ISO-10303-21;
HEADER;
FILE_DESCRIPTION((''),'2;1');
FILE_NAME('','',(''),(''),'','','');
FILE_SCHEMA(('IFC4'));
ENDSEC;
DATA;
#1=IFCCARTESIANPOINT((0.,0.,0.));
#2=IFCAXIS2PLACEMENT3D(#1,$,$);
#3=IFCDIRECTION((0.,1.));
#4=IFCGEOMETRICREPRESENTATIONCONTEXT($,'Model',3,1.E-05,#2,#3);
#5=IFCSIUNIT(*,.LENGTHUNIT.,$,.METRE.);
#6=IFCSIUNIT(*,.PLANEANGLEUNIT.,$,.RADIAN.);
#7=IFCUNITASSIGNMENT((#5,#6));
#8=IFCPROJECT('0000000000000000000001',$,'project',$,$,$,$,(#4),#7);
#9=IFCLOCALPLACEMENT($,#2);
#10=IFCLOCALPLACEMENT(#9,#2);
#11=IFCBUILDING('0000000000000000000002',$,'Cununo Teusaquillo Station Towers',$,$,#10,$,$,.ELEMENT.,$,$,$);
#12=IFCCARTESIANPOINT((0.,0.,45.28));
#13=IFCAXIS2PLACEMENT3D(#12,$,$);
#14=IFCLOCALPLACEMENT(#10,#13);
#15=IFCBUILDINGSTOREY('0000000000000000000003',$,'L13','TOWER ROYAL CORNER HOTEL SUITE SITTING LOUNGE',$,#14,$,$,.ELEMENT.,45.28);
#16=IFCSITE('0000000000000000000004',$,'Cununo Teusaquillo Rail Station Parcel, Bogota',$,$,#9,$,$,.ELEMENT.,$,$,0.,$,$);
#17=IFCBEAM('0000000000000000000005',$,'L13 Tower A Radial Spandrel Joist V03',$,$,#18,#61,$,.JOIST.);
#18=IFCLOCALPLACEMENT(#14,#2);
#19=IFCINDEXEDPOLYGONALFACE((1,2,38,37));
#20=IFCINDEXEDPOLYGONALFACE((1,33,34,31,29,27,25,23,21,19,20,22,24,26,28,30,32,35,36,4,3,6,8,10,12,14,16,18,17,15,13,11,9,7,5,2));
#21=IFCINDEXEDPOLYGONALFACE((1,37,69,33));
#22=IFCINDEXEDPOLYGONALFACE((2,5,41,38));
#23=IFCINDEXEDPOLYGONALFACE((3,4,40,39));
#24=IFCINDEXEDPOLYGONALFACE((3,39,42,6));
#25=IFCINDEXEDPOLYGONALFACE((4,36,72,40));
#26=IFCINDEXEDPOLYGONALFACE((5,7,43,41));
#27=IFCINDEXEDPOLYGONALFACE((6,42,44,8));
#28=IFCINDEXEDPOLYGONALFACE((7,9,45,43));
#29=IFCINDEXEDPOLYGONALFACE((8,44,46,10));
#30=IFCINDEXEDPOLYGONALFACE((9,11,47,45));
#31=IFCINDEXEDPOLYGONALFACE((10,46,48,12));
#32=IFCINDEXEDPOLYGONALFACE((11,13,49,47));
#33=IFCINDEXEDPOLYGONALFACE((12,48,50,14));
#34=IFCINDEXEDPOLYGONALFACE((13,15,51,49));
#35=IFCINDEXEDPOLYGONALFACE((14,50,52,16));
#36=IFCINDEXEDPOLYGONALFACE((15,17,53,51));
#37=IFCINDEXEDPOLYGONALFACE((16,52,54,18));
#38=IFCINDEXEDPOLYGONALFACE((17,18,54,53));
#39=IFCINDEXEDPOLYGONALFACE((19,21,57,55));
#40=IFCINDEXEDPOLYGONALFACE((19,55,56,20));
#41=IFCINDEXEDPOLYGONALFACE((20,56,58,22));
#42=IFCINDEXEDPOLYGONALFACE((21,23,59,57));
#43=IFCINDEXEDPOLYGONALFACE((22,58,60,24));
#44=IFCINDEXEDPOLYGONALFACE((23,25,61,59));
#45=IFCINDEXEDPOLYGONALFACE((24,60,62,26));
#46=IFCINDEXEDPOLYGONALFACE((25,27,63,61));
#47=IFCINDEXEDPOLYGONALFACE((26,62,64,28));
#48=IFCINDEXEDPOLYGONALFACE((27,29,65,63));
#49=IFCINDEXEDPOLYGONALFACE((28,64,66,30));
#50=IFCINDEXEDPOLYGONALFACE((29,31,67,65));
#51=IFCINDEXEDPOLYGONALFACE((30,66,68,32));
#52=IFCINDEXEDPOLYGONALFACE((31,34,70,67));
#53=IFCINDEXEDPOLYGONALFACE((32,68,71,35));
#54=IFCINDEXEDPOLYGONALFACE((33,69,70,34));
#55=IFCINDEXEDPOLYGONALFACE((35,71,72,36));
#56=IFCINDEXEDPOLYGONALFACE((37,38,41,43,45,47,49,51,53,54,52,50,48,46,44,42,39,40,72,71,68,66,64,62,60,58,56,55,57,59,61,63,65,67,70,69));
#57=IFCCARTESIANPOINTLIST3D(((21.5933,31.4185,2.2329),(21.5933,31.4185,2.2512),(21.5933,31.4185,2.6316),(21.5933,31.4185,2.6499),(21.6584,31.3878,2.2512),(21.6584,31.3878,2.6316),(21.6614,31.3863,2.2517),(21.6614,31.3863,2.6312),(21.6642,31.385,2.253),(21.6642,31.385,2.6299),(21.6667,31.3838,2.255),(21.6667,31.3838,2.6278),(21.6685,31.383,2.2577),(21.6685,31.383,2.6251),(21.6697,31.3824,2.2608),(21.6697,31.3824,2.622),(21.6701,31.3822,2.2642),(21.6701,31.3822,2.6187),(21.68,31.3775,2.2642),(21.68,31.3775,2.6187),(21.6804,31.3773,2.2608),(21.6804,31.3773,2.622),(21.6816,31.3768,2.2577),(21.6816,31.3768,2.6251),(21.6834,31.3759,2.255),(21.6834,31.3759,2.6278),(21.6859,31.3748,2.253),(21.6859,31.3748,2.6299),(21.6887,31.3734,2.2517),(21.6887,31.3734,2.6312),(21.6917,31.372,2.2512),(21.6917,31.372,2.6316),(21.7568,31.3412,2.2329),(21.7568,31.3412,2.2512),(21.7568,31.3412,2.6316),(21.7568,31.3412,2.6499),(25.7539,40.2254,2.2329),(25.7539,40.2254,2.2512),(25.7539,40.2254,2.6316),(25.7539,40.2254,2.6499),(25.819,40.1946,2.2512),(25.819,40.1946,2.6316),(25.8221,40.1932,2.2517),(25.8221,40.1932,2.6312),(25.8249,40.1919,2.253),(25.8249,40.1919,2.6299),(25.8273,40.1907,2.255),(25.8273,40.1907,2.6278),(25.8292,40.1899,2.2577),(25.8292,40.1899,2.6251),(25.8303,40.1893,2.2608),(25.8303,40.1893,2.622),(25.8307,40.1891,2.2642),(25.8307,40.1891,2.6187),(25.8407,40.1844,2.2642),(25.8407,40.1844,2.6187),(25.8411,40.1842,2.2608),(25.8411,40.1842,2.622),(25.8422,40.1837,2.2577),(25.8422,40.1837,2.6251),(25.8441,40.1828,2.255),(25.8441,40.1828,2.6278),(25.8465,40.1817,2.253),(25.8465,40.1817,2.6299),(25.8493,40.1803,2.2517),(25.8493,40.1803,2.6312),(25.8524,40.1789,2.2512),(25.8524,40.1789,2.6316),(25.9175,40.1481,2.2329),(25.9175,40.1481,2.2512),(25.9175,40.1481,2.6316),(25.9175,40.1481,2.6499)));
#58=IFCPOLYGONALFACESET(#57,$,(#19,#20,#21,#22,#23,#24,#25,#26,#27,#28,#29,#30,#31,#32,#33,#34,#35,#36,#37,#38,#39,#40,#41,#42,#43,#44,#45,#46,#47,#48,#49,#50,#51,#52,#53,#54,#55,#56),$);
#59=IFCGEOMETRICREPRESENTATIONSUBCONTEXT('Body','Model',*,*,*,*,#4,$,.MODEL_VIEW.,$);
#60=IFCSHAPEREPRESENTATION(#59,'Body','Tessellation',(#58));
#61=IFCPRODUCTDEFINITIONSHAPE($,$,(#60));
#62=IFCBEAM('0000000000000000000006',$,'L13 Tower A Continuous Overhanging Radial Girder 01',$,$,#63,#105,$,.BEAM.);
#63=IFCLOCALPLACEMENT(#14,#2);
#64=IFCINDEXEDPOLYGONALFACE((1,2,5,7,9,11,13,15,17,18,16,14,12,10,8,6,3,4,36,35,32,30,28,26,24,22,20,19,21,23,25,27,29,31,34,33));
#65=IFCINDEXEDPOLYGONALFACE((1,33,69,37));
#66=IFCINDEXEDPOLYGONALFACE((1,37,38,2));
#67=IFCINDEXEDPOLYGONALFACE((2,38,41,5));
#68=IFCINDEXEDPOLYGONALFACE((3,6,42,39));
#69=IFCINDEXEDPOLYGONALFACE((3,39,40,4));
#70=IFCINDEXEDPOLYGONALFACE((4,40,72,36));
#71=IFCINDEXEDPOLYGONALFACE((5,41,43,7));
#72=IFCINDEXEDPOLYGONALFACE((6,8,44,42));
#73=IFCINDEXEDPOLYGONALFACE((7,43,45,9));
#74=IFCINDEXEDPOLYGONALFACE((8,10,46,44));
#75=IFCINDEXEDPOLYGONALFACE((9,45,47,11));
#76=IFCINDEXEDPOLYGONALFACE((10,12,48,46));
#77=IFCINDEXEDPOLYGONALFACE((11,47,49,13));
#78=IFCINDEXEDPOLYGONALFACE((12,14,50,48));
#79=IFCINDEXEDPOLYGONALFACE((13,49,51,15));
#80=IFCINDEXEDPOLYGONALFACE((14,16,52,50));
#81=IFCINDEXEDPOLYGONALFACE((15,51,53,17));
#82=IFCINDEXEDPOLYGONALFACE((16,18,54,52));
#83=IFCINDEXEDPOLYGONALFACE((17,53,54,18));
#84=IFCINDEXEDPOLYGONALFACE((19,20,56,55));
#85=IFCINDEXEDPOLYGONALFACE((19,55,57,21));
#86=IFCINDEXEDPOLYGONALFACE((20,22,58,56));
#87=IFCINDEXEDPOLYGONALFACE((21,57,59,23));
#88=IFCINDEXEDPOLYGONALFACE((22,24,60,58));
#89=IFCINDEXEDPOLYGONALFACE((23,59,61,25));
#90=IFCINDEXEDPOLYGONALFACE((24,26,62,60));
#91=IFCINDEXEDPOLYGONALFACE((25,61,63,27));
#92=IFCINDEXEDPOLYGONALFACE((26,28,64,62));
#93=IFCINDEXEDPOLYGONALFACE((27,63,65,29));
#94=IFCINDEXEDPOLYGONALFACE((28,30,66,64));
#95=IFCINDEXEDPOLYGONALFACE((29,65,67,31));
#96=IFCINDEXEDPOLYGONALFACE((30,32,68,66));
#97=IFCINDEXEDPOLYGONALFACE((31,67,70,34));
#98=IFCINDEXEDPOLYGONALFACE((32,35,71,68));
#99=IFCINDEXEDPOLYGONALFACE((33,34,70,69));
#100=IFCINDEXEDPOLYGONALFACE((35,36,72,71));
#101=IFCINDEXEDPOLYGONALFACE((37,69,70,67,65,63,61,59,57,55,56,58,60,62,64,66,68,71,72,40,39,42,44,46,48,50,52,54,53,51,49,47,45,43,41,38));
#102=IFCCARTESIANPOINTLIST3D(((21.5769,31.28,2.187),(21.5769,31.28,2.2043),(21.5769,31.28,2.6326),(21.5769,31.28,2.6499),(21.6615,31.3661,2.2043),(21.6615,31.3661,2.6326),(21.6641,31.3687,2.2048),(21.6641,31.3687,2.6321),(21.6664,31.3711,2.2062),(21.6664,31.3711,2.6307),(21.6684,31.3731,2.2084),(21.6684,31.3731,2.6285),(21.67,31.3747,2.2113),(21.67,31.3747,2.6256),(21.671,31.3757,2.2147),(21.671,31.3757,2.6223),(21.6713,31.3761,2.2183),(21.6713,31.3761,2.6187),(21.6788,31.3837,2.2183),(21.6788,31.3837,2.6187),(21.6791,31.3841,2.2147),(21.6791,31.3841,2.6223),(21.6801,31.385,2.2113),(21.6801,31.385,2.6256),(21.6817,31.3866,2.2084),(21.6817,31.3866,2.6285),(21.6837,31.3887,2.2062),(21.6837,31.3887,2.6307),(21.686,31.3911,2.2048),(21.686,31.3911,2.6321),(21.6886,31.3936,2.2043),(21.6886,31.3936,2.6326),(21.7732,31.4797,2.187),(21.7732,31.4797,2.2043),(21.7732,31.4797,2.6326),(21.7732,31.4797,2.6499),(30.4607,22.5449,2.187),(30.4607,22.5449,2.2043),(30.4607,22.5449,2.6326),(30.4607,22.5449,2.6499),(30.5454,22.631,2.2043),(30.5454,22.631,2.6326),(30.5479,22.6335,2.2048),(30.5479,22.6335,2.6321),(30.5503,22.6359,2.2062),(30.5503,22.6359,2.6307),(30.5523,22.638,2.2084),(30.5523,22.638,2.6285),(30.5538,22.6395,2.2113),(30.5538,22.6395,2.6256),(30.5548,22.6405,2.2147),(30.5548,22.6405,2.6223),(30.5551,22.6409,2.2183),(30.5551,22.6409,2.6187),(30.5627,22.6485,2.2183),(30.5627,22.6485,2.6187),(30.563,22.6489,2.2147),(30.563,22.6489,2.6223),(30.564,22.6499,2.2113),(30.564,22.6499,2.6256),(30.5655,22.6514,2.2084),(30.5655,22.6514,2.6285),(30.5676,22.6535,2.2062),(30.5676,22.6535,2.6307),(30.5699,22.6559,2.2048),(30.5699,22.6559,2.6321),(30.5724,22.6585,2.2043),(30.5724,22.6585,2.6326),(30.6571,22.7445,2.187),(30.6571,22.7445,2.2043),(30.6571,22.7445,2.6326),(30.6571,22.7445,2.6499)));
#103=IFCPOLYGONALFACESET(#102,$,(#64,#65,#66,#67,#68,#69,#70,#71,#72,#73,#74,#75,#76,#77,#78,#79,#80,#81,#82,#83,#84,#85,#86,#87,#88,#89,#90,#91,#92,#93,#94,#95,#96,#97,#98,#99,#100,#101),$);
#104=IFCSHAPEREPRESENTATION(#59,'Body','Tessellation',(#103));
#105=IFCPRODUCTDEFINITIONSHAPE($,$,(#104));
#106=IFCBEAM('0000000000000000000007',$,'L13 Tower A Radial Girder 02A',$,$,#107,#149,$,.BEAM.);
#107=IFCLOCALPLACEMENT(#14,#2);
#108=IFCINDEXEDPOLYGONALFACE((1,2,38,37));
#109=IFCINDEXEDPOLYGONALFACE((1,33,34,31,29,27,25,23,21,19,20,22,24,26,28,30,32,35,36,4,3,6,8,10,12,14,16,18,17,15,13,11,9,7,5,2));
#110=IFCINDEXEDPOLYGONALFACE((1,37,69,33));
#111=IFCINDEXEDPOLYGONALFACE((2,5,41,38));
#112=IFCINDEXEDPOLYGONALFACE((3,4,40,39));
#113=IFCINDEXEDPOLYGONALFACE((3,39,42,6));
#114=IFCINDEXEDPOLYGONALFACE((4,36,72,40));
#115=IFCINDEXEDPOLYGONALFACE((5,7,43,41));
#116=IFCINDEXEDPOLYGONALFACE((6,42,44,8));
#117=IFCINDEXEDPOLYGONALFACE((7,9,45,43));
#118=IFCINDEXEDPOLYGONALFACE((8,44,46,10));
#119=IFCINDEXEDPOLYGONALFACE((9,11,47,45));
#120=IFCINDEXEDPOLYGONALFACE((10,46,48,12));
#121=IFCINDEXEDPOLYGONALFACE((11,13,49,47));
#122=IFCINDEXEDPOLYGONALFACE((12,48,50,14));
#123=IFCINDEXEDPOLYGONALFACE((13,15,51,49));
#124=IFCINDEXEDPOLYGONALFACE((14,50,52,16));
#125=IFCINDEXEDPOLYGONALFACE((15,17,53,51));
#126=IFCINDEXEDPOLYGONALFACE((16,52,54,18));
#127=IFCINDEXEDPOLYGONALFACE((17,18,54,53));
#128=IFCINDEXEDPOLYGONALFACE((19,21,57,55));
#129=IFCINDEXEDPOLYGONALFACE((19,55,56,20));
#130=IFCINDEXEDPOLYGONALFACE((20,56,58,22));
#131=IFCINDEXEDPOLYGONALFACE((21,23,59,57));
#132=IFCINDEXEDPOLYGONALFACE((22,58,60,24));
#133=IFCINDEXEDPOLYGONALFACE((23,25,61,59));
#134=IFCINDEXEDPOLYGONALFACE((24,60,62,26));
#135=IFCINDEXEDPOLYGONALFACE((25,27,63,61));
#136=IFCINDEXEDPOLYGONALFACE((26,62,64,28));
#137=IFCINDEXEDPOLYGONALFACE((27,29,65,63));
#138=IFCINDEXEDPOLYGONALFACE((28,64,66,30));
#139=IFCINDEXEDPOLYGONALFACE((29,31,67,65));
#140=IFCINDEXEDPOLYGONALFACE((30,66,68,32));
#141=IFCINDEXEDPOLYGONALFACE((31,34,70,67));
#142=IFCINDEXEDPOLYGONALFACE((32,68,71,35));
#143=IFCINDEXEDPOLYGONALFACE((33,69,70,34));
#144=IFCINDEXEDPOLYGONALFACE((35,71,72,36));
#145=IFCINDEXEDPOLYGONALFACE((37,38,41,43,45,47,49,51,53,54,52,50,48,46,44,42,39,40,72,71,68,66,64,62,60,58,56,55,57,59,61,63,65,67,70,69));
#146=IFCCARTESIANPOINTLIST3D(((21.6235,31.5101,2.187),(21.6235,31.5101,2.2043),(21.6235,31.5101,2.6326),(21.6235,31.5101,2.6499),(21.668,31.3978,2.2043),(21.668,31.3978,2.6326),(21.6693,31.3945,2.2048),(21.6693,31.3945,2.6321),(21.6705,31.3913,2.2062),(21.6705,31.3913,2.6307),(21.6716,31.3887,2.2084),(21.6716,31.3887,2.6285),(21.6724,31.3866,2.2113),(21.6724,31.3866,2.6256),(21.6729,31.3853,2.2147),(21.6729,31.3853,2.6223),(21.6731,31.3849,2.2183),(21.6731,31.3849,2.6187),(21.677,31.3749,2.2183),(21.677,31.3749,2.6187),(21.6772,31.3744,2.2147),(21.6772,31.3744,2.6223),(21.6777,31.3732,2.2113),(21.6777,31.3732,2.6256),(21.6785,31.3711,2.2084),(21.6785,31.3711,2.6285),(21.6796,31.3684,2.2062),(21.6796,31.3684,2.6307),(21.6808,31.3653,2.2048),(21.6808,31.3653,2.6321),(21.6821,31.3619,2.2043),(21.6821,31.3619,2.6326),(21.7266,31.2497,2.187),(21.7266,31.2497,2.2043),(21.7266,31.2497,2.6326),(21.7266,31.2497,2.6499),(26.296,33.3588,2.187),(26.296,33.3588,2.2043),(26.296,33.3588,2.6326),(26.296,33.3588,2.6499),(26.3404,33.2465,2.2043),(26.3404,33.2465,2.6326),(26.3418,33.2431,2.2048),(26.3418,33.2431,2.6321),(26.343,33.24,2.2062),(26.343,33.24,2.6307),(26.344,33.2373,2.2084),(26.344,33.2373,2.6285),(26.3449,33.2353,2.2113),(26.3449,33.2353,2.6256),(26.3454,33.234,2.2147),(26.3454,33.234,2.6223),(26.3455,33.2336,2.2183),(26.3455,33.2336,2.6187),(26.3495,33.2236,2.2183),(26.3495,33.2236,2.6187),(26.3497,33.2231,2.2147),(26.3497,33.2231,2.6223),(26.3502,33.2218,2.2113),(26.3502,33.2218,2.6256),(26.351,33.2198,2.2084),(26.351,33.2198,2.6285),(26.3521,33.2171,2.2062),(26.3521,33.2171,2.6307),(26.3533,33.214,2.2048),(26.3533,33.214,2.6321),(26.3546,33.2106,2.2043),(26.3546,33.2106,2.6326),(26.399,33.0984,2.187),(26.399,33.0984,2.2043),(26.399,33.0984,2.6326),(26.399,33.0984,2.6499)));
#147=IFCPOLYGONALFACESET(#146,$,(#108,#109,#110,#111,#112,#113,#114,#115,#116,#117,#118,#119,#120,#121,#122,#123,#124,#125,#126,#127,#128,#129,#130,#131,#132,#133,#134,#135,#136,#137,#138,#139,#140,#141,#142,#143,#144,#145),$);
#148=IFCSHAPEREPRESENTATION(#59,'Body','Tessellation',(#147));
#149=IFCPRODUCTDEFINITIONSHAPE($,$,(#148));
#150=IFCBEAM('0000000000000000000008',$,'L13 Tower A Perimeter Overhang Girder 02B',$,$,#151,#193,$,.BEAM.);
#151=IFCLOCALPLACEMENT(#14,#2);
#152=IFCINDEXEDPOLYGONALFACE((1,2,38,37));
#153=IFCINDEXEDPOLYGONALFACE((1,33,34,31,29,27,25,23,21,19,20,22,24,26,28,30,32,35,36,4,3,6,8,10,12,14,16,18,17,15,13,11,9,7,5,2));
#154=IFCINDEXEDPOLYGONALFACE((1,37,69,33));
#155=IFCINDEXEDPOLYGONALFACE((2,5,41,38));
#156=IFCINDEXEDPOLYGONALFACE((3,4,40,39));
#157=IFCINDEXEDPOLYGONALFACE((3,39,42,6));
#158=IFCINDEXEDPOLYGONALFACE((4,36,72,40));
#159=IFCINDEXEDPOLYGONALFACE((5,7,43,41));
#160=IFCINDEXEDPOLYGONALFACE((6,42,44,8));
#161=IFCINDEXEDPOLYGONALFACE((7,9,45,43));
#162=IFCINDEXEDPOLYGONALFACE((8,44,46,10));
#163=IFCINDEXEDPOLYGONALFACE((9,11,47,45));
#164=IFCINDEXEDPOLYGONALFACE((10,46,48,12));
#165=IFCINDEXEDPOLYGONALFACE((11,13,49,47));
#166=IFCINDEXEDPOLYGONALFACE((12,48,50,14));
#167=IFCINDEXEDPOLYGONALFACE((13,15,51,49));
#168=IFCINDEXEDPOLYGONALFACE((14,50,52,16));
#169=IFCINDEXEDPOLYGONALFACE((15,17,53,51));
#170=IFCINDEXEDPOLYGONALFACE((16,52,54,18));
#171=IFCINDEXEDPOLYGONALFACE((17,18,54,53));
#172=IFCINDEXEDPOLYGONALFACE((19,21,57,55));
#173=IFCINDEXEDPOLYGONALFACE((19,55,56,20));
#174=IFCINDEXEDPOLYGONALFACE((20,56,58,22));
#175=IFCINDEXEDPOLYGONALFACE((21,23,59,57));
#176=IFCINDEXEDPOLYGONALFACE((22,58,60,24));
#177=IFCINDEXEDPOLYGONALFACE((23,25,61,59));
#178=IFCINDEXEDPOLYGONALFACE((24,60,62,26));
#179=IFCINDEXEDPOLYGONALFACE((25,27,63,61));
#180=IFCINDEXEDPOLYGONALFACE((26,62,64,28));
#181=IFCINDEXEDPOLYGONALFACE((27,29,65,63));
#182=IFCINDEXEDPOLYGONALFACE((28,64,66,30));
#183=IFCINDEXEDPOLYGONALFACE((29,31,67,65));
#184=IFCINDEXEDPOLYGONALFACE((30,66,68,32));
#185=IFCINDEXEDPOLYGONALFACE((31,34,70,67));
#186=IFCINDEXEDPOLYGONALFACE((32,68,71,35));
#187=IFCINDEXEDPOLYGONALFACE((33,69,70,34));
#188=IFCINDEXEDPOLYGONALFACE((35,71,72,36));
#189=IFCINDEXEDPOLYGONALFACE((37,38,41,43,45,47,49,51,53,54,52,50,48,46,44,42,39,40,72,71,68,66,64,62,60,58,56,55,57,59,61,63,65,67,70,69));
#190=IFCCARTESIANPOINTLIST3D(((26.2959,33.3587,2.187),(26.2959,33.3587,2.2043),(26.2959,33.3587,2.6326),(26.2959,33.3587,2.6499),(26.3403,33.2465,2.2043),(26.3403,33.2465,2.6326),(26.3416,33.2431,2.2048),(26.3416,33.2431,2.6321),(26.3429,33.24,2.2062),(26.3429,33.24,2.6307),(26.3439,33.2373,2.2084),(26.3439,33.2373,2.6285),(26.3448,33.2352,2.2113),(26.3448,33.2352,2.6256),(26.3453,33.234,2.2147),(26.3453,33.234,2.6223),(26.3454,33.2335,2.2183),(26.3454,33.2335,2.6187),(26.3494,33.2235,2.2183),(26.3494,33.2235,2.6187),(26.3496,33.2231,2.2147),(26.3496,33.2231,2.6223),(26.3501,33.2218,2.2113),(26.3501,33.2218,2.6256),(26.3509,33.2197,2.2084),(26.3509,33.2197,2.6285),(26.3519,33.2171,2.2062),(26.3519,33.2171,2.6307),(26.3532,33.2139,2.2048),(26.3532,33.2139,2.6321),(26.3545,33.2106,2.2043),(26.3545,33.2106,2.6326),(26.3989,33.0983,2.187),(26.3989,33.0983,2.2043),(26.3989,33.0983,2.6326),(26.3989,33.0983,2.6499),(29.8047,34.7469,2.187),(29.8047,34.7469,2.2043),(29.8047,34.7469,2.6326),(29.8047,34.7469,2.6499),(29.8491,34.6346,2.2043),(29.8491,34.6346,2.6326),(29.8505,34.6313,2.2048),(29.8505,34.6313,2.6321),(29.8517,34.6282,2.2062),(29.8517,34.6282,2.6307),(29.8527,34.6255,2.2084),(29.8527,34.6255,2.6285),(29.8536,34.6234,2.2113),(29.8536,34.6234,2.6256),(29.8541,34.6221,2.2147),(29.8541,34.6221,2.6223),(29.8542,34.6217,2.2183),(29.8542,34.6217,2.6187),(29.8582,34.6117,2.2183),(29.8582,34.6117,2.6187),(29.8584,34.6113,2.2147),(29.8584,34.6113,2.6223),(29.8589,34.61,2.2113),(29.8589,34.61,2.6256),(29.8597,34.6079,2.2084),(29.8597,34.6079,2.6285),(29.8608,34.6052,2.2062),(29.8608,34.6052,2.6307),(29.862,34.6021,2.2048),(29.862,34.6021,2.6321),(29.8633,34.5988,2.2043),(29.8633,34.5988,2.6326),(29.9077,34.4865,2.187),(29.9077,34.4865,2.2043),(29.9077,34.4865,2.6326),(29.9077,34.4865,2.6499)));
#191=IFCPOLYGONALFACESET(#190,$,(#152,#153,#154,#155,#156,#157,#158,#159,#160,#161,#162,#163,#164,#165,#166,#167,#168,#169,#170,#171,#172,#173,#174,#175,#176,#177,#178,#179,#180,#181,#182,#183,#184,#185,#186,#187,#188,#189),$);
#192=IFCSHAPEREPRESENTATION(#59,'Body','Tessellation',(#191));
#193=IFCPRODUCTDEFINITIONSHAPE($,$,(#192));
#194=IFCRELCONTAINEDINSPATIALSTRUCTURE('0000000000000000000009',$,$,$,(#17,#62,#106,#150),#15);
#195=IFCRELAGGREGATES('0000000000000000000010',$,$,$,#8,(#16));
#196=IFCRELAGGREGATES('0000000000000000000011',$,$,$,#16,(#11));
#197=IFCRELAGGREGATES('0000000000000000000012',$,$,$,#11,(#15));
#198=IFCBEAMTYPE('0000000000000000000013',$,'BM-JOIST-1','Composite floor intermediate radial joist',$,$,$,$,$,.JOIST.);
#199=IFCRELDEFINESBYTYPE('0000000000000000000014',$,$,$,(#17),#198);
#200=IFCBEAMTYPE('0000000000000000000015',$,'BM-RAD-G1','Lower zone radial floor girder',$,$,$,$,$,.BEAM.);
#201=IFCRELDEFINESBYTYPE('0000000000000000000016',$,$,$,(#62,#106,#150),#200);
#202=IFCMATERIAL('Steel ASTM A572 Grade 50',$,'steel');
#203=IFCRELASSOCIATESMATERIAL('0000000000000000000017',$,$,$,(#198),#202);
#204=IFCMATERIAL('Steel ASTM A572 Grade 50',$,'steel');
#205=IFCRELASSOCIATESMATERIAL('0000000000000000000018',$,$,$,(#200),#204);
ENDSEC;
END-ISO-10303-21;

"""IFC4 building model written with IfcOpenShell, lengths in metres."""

from ifc_helpers import new_model, si_unit, direction, frame, origin, origin_2d, place, context, subcontext, project, spatial, i_section, extrude, material, material_profile, profile_set, type_object, element, save


model = new_model("IFC4")

# Units and contexts
model_context = context("Model", 3, precision=1e-05, world=origin(), true_north=direction((0.0, 1.0)))
body_context = subcontext(model_context, "Body", "Model", "MODEL_VIEW")
ifc_project = project(units=[si_unit("LENGTHUNIT", "METRE"), si_unit("PLANEANGLEUNIT", "RADIAN")], contexts=[model_context])

# Site, building, storey
site_placement = place(None, origin())
site = spatial("IfcSite", under=ifc_project, at=site_placement, Name="Cununo Teusaquillo Rail Station Parcel, Bogota", CompositionType="ELEMENT", RefElevation=0.0)
building_placement = place(site_placement, origin())
building = spatial("IfcBuilding", under=site, at=building_placement, Name="Cununo Teusaquillo Station Towers", CompositionType="ELEMENT")
storey_placement = place(building_placement, frame((0.0, 0.0, 45.28)))
storey = spatial("IfcBuildingStorey", under=building, at=storey_placement, Name="L13", Description="TOWER ROYAL CORNER HOTEL SUITE SITTING LOUNGE", CompositionType="ELEMENT", Elevation=45.28)

# Beams
ifc_material_1 = material(Name="Steel ASTM A572 Grade 50", Category="steel")
ifc_material_profile_1 = material_profile(ifc_material_1, i_section(OverallWidth=0.1809, OverallDepth=0.417, WebThickness=0.011, FlangeThickness=0.0183, FilletRadius=0.0129, at=origin_2d()), Name="W16X57")
ifc_profile_set_1 = profile_set([ifc_material_profile_1], Name="Steel ASTM A572 Grade 50")
beam_type_1 = type_object("IfcBeamType", Name="BM-JOIST-1", Description="Composite floor intermediate radial joist", PredefinedType="JOIST", material=ifc_profile_set_1)
beam_1_placement = place(storey_placement, frame((21.675, 31.3799, 2.4414), z_axis=(0.427161, 0.904176, 0.0), x_axis=(-0.904176, 0.427161, 0.0)))
element("IfcBeam", 1, at=beam_1_placement, inside=storey, type_object=beam_type_1, Name="L13 Tower A Radial Spandrel Joist V03", PredefinedType="JOIST", context=body_context, shape_type="SweptSolid", body=[
    extrude(i_section(OverallWidth=0.1809, OverallDepth=0.417, WebThickness=0.011, FlangeThickness=0.0183, FilletRadius=0.0129, at=origin_2d()), origin(), (0.0, 0.0, 1.0), 9.7402),
])
ifc_material_2 = material(Name="Steel ASTM A572 Grade 50", Category="steel")
ifc_material_profile_2 = material_profile(ifc_material_2, i_section(OverallWidth=0.28, OverallDepth=0.4629, WebThickness=0.0107, FlangeThickness=0.0173, FilletRadius=0.0139, at=origin_2d()), Name="W18X76")
ifc_profile_set_2 = profile_set([ifc_material_profile_2], Name="Steel ASTM A572 Grade 50")
beam_type_2 = type_object("IfcBeamType", Name="BM-RAD-G1", Description="Lower zone radial floor girder", PredefinedType="BEAM", material=ifc_profile_set_2)
beam_2_placement = place(storey_placement, frame((21.675, 31.3799, 2.4185), z_axis=(0.713048, -0.701115, 0.0), x_axis=(0.701115, 0.713048, 0.0)))
element("IfcBeam", 2, at=beam_2_placement, inside=storey, type_object=beam_type_2, Name="L13 Tower A Continuous Overhanging Radial Girder 01", PredefinedType="BEAM", context=body_context, shape_type="SweptSolid", body=[
    extrude(i_section(OverallWidth=0.28, OverallDepth=0.4629, WebThickness=0.0107, FlangeThickness=0.0173, FilletRadius=0.0139, at=origin_2d()), origin(), (0.0, 0.0, 1.0), 12.459),
])
beam_3_placement = place(storey_placement, frame((21.675, 31.3799, 2.4185), z_axis=(0.929864, 0.367903, 0.0), x_axis=(-0.367903, 0.929864, 0.0)))
element("IfcBeam", 3, at=beam_3_placement, inside=storey, type_object=beam_type_2, Name="L13 Tower A Radial Girder 02A", PredefinedType="BEAM", context=body_context, shape_type="SweptSolid", body=[
    extrude(i_section(OverallWidth=0.28, OverallDepth=0.4629, WebThickness=0.0107, FlangeThickness=0.0173, FilletRadius=0.0139, at=origin_2d()), origin(), (0.0, 0.0, 1.0), 5.0249),
])
beam_4_placement = place(storey_placement, frame((26.3474, 33.2285, 2.4185), z_axis=(0.929871, 0.367885, 0.0), x_axis=(-0.367885, 0.929871, 0.0)))
element("IfcBeam", 4, at=beam_4_placement, inside=storey, type_object=beam_type_2, Name="L13 Tower A Perimeter Overhang Girder 02B", PredefinedType="BEAM", context=body_context, shape_type="SweptSolid", body=[
    extrude(i_section(OverallWidth=0.28, OverallDepth=0.4629, WebThickness=0.0107, FlangeThickness=0.0173, FilletRadius=0.0139, at=origin_2d()), origin(), (0.0, 0.0, 1.0), 3.7734),
])

save(model, "model.ifc")
